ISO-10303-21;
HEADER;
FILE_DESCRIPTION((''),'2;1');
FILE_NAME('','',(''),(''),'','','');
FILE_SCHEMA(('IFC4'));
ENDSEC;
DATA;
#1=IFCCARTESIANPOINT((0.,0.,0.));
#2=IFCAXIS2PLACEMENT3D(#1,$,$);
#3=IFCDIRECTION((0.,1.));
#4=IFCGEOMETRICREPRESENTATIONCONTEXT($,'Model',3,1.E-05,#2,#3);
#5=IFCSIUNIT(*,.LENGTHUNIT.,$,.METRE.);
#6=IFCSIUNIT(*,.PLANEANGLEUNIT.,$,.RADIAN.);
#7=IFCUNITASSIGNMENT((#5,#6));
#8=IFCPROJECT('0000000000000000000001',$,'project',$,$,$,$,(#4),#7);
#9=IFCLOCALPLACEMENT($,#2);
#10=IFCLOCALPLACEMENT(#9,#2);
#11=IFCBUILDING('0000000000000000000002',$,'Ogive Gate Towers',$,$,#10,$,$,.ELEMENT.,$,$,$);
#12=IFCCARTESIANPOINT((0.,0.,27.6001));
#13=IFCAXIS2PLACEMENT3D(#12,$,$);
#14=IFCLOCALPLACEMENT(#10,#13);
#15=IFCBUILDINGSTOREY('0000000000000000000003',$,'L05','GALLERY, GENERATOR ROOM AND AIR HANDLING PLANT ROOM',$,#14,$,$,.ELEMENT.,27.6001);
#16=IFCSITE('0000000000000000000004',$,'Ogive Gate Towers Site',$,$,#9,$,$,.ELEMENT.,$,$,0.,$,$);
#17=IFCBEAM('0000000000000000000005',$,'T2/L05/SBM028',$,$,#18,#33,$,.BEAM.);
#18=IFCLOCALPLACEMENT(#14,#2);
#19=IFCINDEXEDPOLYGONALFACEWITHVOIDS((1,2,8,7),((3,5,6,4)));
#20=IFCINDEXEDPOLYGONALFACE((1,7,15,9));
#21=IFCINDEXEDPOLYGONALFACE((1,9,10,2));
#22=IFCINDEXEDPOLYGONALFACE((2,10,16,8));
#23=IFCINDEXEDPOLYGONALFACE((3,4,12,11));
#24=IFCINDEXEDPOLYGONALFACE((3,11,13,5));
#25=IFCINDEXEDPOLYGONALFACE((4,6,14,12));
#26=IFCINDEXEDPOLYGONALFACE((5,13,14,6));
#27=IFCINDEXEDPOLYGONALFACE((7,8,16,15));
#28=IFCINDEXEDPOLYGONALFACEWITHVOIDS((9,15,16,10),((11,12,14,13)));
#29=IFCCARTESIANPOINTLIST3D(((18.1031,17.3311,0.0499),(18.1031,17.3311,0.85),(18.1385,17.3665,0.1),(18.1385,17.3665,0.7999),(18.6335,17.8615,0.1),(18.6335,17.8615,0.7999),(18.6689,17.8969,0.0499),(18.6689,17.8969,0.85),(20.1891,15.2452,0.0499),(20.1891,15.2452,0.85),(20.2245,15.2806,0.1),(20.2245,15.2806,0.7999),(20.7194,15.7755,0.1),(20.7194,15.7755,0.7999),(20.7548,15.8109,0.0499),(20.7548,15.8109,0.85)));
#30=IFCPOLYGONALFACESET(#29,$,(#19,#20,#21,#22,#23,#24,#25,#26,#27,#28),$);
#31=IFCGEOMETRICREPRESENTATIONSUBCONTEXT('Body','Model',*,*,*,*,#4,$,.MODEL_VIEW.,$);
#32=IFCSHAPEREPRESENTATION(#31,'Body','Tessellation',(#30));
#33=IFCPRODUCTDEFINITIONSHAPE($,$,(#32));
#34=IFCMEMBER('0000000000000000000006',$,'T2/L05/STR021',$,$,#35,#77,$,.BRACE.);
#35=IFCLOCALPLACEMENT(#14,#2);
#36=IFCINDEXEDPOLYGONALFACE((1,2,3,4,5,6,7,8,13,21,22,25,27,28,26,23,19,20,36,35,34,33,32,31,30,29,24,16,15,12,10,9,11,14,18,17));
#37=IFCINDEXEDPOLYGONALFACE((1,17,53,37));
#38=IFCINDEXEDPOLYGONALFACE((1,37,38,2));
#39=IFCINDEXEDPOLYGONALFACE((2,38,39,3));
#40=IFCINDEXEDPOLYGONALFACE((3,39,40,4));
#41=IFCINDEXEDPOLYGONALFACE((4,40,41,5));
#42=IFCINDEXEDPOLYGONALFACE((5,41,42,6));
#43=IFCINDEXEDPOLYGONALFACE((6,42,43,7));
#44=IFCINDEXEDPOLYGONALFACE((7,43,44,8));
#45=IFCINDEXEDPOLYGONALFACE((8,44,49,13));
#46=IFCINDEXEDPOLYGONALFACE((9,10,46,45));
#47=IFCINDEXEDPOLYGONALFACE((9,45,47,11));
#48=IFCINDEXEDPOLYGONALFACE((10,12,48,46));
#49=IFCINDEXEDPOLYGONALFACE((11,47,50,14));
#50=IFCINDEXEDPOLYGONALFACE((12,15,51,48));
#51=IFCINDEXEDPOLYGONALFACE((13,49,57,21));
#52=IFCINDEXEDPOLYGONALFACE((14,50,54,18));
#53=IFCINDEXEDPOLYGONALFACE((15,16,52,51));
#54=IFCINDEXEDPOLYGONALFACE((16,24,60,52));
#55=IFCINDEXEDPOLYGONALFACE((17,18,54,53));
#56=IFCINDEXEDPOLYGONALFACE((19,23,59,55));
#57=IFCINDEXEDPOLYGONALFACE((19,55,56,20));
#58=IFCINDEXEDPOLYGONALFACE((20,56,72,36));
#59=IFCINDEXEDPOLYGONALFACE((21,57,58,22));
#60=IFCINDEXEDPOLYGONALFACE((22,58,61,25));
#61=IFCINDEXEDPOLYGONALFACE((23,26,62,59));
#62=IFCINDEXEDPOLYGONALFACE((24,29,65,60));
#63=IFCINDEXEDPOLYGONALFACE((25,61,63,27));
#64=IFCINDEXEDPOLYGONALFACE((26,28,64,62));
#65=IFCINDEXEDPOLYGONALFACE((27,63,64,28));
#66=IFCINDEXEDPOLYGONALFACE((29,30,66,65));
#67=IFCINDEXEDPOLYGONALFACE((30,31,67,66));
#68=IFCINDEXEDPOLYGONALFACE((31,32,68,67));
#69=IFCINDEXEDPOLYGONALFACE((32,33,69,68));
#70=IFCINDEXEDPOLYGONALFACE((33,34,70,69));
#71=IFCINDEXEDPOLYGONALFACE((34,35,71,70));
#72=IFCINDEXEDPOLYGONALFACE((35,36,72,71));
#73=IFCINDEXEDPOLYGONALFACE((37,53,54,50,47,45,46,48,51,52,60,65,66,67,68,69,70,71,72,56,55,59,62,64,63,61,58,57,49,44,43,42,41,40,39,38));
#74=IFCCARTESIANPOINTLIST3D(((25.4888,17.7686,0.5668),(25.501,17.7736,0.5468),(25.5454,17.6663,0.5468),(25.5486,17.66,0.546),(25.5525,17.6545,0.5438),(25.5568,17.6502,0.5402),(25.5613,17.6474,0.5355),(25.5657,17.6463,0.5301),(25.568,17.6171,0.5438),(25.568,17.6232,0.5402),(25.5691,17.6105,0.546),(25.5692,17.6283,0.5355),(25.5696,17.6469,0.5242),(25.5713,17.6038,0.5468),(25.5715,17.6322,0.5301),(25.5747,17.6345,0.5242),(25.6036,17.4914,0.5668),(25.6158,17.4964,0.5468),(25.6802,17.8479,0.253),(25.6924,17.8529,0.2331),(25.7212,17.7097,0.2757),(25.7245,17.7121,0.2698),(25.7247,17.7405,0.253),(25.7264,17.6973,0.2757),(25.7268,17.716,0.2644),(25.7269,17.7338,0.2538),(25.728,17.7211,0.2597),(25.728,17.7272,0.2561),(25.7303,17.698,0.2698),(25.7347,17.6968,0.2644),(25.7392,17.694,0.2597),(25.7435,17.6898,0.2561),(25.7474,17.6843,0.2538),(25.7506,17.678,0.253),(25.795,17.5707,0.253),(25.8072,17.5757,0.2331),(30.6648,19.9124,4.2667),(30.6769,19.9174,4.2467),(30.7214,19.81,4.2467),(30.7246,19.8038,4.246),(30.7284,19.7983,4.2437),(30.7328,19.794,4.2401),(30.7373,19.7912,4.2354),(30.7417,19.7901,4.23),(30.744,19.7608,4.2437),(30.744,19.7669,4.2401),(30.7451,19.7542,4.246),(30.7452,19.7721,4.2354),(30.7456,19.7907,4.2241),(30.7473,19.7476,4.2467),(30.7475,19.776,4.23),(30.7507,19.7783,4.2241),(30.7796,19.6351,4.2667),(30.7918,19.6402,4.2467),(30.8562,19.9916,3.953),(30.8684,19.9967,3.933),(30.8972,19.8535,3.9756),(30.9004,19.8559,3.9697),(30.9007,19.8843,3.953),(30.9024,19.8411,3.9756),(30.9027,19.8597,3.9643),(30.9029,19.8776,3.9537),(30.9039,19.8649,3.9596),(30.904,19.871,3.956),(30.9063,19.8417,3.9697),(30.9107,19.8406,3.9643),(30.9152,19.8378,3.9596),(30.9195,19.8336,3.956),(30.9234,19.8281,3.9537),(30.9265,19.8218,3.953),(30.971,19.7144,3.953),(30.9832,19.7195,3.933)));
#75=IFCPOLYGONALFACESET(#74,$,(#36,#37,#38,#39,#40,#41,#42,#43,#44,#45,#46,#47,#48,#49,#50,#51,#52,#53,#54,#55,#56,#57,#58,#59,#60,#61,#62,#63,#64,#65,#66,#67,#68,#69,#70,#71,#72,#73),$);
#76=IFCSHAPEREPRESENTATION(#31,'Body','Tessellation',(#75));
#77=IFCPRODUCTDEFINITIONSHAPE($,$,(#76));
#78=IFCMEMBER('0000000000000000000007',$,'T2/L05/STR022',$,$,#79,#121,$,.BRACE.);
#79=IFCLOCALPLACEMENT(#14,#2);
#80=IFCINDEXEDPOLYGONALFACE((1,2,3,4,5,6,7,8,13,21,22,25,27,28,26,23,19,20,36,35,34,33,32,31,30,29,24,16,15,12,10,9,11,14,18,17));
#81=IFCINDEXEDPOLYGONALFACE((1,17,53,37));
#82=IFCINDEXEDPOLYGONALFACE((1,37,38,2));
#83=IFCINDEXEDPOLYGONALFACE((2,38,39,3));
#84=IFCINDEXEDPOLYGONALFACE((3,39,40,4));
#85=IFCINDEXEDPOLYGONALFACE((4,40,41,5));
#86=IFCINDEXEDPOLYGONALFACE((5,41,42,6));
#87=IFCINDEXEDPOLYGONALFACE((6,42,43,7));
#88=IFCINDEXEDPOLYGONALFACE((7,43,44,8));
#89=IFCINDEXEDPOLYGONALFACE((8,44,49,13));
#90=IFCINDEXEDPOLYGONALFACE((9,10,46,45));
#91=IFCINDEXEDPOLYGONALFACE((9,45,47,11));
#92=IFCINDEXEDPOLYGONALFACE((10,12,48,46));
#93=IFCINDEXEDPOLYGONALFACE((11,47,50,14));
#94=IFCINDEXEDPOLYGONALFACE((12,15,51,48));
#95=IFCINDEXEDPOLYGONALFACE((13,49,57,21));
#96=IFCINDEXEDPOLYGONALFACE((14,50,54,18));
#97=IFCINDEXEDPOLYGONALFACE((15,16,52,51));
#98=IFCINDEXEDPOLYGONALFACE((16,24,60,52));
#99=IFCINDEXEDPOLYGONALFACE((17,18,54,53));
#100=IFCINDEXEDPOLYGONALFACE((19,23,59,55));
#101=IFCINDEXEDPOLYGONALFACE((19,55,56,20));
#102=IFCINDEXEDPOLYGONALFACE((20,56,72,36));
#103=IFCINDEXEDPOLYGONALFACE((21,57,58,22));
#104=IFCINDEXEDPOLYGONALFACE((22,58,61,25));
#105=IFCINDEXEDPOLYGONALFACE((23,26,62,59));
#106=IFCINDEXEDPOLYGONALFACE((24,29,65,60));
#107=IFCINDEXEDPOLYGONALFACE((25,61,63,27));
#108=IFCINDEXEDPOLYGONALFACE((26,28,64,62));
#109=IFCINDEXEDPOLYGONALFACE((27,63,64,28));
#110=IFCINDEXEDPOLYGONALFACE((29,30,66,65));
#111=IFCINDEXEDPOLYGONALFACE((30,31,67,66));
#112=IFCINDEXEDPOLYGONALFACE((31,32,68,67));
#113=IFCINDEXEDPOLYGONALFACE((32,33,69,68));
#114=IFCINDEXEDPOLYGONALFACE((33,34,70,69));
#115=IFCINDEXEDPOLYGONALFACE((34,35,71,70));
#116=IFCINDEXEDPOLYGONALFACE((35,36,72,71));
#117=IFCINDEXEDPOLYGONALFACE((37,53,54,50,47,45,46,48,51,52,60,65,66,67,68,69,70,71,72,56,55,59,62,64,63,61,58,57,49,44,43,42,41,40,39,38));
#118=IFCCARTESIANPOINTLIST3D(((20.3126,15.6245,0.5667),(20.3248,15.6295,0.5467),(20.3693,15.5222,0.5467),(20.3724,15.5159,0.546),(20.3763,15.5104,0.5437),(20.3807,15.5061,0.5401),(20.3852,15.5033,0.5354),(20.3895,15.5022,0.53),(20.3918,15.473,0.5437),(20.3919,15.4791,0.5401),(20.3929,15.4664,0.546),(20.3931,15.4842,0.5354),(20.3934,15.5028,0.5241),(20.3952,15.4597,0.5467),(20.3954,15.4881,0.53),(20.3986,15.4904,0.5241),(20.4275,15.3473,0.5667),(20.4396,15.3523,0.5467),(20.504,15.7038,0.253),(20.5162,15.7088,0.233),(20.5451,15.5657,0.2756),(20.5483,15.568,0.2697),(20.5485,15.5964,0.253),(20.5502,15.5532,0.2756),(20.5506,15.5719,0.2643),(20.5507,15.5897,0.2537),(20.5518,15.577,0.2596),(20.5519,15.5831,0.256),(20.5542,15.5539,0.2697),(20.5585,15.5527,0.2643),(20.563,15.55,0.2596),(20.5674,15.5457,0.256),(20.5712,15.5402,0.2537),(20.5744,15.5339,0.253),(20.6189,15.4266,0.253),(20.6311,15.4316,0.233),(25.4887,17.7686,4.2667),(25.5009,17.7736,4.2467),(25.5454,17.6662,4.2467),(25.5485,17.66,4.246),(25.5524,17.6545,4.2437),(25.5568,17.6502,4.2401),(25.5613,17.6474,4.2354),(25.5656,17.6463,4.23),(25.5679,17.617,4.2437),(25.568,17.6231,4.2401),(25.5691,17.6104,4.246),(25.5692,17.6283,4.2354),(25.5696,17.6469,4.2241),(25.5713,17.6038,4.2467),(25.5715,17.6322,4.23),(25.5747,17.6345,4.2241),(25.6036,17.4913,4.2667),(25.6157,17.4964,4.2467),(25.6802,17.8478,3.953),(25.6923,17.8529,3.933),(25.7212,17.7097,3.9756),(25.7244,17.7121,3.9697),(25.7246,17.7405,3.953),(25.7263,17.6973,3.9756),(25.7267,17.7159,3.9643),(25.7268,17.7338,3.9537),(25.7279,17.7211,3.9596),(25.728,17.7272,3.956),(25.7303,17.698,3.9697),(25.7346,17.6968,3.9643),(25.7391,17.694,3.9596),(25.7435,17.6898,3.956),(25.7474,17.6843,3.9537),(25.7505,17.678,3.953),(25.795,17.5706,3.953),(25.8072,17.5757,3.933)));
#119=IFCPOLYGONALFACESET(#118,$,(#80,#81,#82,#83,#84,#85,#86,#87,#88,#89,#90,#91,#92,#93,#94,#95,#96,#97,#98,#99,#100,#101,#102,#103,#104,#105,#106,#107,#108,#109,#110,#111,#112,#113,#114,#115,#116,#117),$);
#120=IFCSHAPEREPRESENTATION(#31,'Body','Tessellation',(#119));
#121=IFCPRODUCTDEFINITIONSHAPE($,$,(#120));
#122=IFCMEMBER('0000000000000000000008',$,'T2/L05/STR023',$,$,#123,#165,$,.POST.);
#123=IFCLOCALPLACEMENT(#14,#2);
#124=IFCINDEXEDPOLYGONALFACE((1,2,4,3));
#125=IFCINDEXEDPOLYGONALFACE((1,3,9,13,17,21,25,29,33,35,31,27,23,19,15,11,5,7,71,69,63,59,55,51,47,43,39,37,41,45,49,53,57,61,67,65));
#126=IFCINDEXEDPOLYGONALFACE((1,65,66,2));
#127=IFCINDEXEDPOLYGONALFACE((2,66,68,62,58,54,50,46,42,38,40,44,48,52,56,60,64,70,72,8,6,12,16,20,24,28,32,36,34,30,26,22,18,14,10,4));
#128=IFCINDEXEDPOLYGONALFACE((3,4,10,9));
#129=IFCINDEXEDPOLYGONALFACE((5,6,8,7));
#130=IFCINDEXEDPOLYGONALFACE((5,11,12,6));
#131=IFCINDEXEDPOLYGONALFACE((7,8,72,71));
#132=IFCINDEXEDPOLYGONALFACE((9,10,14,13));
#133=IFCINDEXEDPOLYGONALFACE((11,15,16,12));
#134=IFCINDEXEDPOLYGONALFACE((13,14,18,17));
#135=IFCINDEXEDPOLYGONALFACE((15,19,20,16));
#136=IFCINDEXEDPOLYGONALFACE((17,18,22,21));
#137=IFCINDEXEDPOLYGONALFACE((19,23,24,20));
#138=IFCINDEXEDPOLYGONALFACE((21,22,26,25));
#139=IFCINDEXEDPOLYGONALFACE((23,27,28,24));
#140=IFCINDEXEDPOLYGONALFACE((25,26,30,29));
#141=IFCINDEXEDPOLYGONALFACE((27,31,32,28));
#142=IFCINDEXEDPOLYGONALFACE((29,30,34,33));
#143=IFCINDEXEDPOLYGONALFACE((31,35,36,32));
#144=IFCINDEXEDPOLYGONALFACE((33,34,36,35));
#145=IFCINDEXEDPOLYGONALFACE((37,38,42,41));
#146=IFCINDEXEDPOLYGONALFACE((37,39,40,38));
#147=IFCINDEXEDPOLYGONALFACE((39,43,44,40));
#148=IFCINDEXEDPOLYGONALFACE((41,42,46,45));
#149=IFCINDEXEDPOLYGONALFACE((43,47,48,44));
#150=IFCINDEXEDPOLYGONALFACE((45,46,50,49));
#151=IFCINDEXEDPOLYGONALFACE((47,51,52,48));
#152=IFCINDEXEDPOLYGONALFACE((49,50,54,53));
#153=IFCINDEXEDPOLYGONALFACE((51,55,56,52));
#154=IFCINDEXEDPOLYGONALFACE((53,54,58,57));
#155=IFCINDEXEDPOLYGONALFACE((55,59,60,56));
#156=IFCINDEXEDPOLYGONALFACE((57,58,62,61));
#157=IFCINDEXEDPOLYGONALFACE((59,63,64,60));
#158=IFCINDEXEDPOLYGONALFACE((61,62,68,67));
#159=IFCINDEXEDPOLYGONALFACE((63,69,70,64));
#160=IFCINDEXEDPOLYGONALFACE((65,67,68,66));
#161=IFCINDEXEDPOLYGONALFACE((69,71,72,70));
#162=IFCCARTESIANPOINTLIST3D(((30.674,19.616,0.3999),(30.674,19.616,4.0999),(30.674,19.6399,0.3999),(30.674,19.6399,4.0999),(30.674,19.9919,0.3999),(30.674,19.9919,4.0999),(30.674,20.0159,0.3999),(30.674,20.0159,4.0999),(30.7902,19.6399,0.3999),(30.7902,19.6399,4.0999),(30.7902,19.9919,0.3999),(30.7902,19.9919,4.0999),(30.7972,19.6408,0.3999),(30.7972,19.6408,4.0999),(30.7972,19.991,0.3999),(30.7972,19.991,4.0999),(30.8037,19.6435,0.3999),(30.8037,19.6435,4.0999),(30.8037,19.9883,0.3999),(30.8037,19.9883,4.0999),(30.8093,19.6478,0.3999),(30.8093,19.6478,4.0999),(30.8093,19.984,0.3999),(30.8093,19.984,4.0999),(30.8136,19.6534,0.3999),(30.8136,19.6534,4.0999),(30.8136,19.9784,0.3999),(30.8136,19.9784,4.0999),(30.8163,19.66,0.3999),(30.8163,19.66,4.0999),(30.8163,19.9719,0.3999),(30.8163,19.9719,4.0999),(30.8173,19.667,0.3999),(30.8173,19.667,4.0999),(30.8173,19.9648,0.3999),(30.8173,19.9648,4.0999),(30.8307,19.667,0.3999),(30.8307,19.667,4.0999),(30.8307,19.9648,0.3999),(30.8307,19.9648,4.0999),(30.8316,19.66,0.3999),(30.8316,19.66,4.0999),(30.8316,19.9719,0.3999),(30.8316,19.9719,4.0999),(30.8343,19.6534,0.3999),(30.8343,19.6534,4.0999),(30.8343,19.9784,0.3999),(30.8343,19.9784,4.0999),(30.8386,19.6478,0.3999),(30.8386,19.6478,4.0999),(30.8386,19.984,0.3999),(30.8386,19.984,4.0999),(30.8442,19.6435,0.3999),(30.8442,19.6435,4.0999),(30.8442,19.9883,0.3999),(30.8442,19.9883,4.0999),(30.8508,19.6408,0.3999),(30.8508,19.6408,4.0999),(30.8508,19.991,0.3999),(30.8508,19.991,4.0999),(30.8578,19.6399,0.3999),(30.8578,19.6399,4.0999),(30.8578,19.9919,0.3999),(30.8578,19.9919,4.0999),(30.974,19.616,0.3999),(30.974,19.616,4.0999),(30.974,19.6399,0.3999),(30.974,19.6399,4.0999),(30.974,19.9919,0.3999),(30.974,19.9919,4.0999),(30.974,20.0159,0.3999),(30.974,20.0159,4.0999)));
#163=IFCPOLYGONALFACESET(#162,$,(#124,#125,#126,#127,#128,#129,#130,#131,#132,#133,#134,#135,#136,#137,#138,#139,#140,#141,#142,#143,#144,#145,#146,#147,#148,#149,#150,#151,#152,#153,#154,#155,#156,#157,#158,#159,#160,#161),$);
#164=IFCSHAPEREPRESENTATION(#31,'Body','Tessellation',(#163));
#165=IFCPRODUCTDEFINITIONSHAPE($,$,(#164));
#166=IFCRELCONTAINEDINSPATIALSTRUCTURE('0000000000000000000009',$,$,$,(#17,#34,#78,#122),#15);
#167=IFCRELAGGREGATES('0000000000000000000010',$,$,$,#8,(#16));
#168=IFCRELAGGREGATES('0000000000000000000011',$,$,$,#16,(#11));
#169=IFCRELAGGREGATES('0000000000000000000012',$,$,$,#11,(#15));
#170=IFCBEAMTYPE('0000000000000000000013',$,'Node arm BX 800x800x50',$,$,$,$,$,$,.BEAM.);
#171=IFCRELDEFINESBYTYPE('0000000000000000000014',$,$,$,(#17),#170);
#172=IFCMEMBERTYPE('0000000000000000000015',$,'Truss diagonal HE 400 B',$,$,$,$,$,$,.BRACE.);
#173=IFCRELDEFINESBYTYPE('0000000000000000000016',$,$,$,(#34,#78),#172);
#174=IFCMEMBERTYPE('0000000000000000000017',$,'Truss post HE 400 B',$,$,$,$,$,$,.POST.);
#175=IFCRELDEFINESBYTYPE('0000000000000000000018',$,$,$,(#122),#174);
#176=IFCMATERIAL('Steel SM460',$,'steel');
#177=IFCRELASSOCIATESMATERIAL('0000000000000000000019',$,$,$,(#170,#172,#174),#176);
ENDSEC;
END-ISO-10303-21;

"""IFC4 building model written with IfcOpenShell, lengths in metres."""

from ifc_helpers import new_model, si_unit, direction, frame, origin, origin_2d, place, context, subcontext, project, spatial, hollow_rectangle, i_section, extrude, material, material_profile, profile_set, type_object, element, save


model = new_model("IFC4")

# Units and contexts
model_context = context("Model", 3, precision=1e-05, world=origin(), true_north=direction((0.0, 1.0)))
body_context = subcontext(model_context, "Body", "Model", "MODEL_VIEW")
ifc_project = project(units=[si_unit("LENGTHUNIT", "METRE"), si_unit("PLANEANGLEUNIT", "RADIAN")], contexts=[model_context])

# Site, building, storey
site_placement = place(None, origin())
site = spatial("IfcSite", under=ifc_project, at=site_placement, Name="Ogive Gate Towers Site", CompositionType="ELEMENT", RefElevation=0.0)
building_placement = place(site_placement, origin())
building = spatial("IfcBuilding", under=site, at=building_placement, Name="Ogive Gate Towers", CompositionType="ELEMENT")
storey_placement = place(building_placement, frame((0.0, 0.0, 27.6001)))
storey = spatial("IfcBuildingStorey", under=building, at=storey_placement, Name="L05", Description="GALLERY, GENERATOR ROOM AND AIR HANDLING PLANT ROOM", CompositionType="ELEMENT", Elevation=27.6001)

# Beam
ifc_material_1 = material(Name="Steel SM460", Category="steel")
ifc_material_profile_1 = material_profile(ifc_material_1, hollow_rectangle(XDim=0.8, YDim=0.8, WallThickness=0.05, at=origin_2d()), Name="BX 800x800x50")
ifc_profile_set_1 = profile_set([ifc_material_profile_1], Name="Steel SM460")
beam_type_1 = type_object("IfcBeamType", Name="Node arm BX 800x800x50", PredefinedType="BEAM", material=ifc_profile_set_1)
beam_1_placement = place(storey_placement, frame((20.4719, 15.5281, 0.45), z_axis=(-0.707107, 0.707107, 0.0), x_axis=(-0.707107, -0.707107, 0.0)))
element("IfcBeam", 1, at=beam_1_placement, inside=storey, type_object=beam_type_1, Name="T2/L05/SBM028", PredefinedType="BEAM", context=body_context, shape_type="SweptSolid", body=[
    extrude(hollow_rectangle(XDim=0.8, YDim=0.8, WallThickness=0.05, at=origin_2d()), origin(), (0.0, 0.0, 1.0), 2.95),
])

# Members
ifc_material_profile_2 = material_profile(ifc_material_1, i_section(OverallWidth=0.3, OverallDepth=0.3999, WebThickness=0.0134, FlangeThickness=0.0239, FilletRadius=0.0271, at=origin_2d()), Name="HE 400 B")
ifc_profile_set_2 = profile_set([ifc_material_profile_2], Name="Steel SM460")
member_type_1 = type_object("IfcMemberType", Name="Truss diagonal HE 400 B", PredefinedType="BRACE", material=ifc_profile_set_2)
member_1_placement = place(storey_placement, frame((30.824, 19.8159, 4.0999), z_axis=(-0.770939, -0.319306, -0.551086), x_axis=(0.382656, -0.923891, 0.0)))
element("IfcMember", 2, at=member_1_placement, inside=storey, type_object=member_type_1, Name="T2/L05/STR021", PredefinedType="BRACE", context=body_context, shape_type="SweptSolid", body=[
    extrude(i_section(OverallWidth=0.3, OverallDepth=0.3999, WebThickness=0.0134, FlangeThickness=0.0239, FilletRadius=0.0271, at=origin_2d()), origin(), (0.0, 0.0, 1.0), 6.7139),
])
member_2_placement = place(storey_placement, frame((25.6479, 17.6721, 4.0999), z_axis=(-0.77093, -0.319339, -0.55108), x_axis=(0.382693, -0.923876, 0.0)))
element("IfcMember", 3, at=member_2_placement, inside=storey, type_object=member_type_1, Name="T2/L05/STR022", PredefinedType="BRACE", context=body_context, shape_type="SweptSolid", body=[
    extrude(i_section(OverallWidth=0.3, OverallDepth=0.3999, WebThickness=0.0134, FlangeThickness=0.0239, FilletRadius=0.0271, at=origin_2d()), origin(), (0.0, 0.0, 1.0), 6.7141),
])
ifc_material_profile_3 = material_profile(ifc_material_1, i_section(OverallWidth=0.3, OverallDepth=0.3999, WebThickness=0.0134, FlangeThickness=0.0239, FilletRadius=0.0271, at=origin_2d()), Name="HE 400 B")
ifc_profile_set_3 = profile_set([ifc_material_profile_3], Name="Steel SM460")
member_type_2 = type_object("IfcMemberType", Name="Truss post HE 400 B", PredefinedType="POST", material=ifc_profile_set_3)
for number, where, z_axis, x_axis, name in (
    (4, (30.824, 19.8159, 0.3999), (0.0, 0.0, 1.0), (1.0, 0.0, 0.0), "T2/L05/STR023"),
):
    element("IfcMember", number, at=place(storey_placement, frame(where, z_axis=z_axis, x_axis=x_axis)), inside=storey, type_object=member_type_2, Name=name, PredefinedType="POST", context=body_context, shape_type="SweptSolid", body=[
        extrude(i_section(OverallWidth=0.3, OverallDepth=0.3999, WebThickness=0.0134, FlangeThickness=0.0239, FilletRadius=0.0271, at=origin_2d()), origin(), (0.0, 0.0, 1.0), 3.7),
    ])

save(model, "model.ifc")
